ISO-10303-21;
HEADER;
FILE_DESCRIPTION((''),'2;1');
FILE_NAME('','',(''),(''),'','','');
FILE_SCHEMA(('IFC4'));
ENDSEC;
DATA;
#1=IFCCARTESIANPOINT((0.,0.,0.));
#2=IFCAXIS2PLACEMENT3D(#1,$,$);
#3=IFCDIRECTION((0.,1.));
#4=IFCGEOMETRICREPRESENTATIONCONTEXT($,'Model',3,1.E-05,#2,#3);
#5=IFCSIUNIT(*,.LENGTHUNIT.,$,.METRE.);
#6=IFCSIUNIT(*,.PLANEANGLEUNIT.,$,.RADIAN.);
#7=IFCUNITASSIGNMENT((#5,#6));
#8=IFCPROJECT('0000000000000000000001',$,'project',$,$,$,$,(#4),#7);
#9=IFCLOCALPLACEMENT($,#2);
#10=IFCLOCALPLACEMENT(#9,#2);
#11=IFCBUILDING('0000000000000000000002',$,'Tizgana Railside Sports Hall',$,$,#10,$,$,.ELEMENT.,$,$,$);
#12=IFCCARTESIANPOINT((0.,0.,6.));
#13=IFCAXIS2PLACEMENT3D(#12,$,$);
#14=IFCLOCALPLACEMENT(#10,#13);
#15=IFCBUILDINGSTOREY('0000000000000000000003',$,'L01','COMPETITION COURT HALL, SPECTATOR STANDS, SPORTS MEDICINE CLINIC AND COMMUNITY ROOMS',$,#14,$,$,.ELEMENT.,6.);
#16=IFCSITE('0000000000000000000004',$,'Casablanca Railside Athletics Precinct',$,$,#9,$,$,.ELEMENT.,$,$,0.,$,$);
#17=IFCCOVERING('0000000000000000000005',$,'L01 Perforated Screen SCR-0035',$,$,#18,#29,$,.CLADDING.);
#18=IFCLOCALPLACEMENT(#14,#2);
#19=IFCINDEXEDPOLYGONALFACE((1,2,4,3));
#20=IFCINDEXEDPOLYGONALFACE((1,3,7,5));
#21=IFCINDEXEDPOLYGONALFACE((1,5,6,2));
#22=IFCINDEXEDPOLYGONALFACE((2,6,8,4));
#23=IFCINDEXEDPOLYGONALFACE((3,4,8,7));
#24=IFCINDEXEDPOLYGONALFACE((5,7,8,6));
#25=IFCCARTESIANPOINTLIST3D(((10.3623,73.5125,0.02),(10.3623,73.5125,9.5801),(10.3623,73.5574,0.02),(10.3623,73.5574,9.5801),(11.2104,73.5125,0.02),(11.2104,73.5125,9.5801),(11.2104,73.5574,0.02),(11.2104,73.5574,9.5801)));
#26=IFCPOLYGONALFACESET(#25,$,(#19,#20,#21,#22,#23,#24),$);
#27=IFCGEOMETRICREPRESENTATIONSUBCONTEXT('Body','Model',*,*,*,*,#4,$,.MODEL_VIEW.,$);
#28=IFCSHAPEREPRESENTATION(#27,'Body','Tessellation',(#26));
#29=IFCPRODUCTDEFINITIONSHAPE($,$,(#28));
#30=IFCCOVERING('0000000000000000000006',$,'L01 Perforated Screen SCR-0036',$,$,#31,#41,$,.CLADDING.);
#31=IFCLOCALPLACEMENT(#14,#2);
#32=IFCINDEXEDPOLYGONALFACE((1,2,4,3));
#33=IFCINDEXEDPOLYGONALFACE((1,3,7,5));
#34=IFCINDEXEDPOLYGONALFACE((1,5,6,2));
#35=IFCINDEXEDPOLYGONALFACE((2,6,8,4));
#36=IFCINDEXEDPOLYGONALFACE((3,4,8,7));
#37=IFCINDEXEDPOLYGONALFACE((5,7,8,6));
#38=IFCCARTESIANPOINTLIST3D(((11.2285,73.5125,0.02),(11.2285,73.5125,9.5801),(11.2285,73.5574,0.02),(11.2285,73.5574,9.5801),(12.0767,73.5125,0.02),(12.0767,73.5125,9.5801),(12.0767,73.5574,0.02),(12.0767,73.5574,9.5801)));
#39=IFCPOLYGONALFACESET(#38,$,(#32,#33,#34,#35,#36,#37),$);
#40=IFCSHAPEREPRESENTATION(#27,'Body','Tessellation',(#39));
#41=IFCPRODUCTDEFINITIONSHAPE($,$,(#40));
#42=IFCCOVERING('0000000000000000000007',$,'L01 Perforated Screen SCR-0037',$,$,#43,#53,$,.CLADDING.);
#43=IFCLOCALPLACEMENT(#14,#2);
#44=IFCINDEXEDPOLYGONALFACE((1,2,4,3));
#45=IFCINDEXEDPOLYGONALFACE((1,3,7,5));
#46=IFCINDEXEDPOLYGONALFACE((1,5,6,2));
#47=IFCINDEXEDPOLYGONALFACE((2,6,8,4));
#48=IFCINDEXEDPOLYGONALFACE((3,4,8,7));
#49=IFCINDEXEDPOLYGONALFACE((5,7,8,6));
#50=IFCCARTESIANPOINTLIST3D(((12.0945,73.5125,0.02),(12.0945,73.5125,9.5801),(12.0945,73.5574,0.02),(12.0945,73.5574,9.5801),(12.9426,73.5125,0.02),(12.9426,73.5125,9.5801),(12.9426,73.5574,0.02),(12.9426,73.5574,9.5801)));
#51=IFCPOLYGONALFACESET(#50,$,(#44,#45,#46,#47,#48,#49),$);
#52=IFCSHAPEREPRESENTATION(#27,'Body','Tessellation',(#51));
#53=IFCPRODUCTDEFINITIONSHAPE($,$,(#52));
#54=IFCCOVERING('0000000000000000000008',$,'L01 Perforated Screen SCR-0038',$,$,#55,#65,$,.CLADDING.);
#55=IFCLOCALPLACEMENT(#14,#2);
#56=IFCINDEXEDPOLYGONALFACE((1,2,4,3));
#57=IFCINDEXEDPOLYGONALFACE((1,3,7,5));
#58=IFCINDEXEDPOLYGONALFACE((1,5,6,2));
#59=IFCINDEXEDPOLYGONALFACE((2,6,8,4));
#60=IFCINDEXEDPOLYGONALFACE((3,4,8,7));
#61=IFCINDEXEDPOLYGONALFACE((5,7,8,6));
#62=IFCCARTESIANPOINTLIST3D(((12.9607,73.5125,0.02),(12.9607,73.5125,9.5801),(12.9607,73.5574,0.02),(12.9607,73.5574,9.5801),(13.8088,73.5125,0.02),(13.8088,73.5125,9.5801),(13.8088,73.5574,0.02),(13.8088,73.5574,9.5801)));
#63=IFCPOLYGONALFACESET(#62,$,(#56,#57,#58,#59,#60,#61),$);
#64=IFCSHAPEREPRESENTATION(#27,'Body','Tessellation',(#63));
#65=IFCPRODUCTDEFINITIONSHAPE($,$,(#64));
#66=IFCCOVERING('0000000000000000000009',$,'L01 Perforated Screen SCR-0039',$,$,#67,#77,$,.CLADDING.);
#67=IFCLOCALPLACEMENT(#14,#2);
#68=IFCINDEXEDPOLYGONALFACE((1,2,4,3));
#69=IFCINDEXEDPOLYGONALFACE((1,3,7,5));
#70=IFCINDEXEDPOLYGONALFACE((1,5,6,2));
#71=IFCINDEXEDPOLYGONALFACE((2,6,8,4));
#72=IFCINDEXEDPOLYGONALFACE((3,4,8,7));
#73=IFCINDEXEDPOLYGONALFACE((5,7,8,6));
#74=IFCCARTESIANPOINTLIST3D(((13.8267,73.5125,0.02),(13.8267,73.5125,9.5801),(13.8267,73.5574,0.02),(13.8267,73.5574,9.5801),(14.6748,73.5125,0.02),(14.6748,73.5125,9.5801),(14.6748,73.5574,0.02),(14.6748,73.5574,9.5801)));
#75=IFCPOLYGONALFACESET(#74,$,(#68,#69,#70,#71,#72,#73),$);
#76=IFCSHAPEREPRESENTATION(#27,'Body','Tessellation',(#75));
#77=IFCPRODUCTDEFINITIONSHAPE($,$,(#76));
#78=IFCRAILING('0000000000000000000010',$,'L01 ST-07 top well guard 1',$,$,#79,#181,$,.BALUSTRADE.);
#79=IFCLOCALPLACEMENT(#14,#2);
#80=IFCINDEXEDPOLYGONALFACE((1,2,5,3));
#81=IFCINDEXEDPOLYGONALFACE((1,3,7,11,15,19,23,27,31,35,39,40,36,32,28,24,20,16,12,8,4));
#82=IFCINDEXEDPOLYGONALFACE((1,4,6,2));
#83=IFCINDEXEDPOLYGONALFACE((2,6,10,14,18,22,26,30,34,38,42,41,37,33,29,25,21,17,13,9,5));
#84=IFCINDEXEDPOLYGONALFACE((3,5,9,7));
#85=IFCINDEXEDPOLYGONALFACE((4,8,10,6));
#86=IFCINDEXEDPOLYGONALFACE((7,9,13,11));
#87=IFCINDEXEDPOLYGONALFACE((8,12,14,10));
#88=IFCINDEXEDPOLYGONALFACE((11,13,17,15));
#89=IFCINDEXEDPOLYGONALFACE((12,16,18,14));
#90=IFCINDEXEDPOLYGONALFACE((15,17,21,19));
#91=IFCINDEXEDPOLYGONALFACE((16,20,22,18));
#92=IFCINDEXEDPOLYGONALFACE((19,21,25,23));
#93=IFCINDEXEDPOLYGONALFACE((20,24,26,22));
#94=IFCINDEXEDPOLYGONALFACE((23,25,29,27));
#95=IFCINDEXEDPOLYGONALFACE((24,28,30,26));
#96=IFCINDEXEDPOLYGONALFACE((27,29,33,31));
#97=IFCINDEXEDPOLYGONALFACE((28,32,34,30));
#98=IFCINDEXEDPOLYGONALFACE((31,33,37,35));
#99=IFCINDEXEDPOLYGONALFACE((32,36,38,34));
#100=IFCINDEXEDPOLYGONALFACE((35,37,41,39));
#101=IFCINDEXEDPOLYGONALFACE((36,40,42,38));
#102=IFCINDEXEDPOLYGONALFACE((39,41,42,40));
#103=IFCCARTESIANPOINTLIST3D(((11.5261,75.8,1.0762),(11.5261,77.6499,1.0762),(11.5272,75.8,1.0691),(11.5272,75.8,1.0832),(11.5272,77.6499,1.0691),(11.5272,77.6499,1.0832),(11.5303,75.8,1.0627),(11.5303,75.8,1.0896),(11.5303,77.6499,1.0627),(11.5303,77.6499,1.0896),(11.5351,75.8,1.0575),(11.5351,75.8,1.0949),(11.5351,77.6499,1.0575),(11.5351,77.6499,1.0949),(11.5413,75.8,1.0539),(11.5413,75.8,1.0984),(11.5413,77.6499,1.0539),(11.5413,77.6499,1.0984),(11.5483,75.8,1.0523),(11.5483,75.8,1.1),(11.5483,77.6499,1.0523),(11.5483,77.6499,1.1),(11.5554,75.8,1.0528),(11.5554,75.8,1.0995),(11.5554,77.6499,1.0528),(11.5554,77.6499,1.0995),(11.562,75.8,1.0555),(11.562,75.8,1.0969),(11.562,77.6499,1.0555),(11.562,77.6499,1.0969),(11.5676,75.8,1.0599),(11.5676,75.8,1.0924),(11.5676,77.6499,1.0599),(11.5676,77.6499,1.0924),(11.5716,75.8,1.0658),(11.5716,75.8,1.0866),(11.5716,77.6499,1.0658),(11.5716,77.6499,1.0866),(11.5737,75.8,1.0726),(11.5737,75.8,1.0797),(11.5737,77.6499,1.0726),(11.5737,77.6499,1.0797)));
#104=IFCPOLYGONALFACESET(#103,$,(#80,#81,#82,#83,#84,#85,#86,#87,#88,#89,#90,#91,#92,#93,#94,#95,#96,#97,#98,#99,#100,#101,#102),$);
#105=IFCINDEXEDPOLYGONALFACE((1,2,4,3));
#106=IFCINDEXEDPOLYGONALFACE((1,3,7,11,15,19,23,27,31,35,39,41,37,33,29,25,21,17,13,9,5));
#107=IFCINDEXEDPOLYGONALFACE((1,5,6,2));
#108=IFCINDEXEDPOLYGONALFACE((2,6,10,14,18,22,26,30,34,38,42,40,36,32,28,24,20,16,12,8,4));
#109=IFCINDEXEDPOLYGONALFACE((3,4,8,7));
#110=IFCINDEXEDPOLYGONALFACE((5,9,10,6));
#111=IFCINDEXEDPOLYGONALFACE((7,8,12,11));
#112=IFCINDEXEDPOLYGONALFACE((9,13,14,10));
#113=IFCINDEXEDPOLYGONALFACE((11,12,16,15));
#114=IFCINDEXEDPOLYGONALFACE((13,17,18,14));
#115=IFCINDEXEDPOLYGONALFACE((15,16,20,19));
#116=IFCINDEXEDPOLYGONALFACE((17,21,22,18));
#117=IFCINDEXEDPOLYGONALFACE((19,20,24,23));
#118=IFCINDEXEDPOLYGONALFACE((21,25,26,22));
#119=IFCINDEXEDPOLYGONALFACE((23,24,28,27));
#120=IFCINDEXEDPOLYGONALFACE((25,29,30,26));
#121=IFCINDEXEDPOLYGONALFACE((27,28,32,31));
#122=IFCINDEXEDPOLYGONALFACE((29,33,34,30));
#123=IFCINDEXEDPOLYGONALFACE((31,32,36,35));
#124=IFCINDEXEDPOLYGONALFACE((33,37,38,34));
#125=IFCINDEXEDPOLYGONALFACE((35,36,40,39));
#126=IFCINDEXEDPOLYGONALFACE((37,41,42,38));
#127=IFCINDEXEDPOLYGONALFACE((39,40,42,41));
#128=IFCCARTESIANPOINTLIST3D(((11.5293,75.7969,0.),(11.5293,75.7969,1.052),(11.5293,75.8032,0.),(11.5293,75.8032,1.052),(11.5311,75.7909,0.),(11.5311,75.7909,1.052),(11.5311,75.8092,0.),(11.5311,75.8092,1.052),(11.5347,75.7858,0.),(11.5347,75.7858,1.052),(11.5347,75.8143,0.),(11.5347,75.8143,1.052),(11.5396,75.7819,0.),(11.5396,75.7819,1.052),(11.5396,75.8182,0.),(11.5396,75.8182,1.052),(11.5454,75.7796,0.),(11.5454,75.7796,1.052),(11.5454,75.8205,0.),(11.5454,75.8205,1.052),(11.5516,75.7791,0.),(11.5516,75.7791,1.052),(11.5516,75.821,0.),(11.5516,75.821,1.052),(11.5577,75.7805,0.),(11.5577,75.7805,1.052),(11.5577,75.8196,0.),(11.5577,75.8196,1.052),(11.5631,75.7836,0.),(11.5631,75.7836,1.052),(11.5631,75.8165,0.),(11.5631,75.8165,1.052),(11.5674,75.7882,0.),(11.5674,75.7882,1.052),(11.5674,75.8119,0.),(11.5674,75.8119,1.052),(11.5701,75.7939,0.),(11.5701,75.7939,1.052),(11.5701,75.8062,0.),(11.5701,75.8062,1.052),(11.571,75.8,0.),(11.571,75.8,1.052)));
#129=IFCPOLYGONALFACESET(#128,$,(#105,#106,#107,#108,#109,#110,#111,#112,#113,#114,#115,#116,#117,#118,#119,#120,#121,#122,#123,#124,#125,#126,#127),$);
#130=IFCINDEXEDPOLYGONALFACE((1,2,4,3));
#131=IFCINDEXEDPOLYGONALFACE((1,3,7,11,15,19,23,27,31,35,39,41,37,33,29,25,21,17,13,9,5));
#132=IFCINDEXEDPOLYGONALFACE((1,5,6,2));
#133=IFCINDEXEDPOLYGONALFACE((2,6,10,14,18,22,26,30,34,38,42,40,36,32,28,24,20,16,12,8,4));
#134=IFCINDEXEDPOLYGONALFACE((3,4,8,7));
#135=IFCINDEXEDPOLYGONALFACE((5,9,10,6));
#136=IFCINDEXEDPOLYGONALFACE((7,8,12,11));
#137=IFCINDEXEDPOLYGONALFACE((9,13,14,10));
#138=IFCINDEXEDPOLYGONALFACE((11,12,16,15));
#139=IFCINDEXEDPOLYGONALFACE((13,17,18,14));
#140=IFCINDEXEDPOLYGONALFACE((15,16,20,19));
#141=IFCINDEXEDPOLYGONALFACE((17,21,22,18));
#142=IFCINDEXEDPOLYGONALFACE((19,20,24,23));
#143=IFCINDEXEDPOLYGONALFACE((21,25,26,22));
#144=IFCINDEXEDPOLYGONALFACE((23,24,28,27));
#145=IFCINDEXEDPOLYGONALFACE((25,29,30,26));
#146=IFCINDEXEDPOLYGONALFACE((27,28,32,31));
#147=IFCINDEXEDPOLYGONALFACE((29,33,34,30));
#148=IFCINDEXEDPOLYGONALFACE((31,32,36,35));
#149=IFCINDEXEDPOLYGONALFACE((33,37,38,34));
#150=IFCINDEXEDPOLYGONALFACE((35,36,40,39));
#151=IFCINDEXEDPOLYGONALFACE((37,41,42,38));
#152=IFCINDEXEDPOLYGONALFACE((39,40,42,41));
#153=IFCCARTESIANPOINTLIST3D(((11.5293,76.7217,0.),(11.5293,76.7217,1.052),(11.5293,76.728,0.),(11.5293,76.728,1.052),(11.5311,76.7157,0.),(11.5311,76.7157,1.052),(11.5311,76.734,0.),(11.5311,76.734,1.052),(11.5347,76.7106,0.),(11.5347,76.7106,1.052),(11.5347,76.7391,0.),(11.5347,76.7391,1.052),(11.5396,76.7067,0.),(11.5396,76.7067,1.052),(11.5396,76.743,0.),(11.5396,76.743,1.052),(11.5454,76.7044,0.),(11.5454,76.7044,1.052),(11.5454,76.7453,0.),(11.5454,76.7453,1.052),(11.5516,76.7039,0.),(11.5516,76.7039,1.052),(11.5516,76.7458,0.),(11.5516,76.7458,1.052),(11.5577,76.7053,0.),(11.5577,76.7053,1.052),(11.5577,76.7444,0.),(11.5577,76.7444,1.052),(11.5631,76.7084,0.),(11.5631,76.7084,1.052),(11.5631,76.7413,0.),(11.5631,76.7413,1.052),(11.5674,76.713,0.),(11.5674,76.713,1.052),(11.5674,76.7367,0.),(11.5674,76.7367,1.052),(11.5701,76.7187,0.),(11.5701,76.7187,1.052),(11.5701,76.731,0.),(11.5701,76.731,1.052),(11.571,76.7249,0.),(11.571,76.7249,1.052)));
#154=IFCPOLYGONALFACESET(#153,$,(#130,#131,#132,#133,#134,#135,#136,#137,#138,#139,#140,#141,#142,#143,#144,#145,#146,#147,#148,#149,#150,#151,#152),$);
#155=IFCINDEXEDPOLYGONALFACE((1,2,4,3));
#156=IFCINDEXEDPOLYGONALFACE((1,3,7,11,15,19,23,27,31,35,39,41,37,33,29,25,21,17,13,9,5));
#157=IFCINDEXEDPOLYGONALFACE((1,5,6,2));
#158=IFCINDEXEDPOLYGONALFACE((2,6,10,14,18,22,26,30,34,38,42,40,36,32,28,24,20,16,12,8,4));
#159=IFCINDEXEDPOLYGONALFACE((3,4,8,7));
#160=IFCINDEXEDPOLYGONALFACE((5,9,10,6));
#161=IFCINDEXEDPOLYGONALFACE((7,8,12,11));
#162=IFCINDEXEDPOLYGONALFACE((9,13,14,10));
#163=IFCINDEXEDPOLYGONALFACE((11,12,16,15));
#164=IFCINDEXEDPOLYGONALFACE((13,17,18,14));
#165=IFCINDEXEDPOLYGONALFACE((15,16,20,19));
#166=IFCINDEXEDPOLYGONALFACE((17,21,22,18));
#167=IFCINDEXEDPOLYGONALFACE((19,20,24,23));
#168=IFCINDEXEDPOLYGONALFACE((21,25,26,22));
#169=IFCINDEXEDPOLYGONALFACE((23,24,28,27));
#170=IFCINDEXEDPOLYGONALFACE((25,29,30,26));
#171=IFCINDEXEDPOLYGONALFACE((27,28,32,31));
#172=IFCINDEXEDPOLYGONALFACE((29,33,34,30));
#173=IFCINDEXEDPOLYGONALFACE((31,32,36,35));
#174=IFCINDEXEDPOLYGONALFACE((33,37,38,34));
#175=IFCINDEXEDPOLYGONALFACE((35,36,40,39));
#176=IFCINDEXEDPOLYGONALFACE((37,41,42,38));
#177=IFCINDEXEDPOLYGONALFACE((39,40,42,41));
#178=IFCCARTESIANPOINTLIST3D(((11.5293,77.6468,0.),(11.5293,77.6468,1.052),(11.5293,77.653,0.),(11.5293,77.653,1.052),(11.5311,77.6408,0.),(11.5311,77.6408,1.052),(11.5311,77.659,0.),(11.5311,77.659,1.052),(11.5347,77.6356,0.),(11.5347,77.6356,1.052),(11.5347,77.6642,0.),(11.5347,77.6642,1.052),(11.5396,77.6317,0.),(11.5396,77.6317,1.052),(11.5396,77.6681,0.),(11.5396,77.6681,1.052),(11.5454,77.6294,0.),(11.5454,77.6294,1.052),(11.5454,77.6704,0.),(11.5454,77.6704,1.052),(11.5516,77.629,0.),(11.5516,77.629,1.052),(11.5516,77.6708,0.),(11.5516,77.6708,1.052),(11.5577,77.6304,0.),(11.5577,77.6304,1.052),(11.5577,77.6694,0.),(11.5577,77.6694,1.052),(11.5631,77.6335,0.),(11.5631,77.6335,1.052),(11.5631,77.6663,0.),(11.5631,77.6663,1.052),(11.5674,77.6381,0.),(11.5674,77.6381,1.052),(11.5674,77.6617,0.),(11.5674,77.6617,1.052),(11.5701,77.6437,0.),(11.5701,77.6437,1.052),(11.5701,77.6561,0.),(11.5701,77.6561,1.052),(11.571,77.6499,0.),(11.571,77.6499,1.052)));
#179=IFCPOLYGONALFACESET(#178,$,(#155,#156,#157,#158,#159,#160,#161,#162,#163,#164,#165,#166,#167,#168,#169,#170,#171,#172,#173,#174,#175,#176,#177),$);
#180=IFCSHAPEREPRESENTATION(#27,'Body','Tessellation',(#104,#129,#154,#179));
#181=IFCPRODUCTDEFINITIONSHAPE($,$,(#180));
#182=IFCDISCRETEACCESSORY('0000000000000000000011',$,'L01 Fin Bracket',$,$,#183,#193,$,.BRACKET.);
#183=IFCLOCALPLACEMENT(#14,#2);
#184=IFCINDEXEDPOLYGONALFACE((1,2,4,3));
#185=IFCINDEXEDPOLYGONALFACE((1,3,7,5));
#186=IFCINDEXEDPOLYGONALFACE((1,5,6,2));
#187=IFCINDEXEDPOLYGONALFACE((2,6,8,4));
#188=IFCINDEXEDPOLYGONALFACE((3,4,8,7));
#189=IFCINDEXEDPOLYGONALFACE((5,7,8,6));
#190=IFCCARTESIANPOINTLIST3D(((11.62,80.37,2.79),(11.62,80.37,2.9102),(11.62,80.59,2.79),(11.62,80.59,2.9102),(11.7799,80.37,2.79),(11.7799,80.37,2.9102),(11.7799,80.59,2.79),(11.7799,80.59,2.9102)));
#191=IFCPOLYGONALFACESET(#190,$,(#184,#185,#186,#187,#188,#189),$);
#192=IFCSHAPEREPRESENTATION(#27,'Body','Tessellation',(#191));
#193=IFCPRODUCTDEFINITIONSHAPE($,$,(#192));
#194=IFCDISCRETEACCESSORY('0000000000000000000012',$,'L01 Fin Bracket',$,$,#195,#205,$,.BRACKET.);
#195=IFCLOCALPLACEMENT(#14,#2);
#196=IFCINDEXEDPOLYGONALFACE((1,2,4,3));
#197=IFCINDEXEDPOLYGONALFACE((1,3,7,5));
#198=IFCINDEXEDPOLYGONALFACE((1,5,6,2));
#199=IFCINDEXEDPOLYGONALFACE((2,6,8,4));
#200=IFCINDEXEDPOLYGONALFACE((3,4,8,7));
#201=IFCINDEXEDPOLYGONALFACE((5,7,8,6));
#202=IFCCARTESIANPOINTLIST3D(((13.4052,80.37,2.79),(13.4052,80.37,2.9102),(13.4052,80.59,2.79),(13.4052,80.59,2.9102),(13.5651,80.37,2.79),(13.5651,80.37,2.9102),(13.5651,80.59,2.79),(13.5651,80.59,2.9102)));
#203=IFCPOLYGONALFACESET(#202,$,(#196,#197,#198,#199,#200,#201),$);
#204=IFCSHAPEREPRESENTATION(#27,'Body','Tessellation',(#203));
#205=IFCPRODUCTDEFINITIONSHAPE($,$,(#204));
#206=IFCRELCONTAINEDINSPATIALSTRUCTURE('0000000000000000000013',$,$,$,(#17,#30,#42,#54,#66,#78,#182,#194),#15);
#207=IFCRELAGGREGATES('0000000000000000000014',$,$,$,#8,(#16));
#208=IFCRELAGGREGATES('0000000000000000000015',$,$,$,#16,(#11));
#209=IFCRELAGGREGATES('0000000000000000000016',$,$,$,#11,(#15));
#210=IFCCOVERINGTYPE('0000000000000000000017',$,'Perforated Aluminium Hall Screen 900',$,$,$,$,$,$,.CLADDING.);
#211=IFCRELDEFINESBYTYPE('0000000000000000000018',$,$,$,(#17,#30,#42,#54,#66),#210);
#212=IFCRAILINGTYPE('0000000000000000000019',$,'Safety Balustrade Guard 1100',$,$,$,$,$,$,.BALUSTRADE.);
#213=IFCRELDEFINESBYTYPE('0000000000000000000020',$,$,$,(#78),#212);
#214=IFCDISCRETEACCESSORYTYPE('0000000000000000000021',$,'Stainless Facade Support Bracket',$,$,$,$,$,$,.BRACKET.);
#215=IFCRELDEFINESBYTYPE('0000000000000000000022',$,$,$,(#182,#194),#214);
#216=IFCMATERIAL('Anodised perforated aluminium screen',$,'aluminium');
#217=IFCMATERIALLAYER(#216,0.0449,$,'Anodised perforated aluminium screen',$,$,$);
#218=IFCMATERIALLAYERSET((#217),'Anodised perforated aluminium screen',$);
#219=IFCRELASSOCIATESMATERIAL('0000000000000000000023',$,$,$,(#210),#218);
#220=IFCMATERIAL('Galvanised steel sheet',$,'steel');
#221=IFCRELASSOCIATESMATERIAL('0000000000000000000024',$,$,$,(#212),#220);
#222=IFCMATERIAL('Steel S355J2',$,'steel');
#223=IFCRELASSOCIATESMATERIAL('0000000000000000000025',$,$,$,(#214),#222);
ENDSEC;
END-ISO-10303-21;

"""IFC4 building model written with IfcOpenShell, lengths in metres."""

from ifc_helpers import new_model, si_unit, direction, frame, origin, origin_2d, place, context, subcontext, project, spatial, rectangle, circle, extrude, material, layer, layer_set, type_object, element, save


model = new_model("IFC4")

# Units and contexts
model_context = context("Model", 3, precision=1e-05, world=origin(), true_north=direction((0.0, 1.0)))
body_context = subcontext(model_context, "Body", "Model", "MODEL_VIEW")
ifc_project = project(units=[si_unit("LENGTHUNIT", "METRE"), si_unit("PLANEANGLEUNIT", "RADIAN")], contexts=[model_context])

# Site, building, storey
site_placement = place(None, origin())
site = spatial("IfcSite", under=ifc_project, at=site_placement, Name="Casablanca Railside Athletics Precinct", CompositionType="ELEMENT", RefElevation=0.0)
building_placement = place(site_placement, origin())
building = spatial("IfcBuilding", under=site, at=building_placement, Name="Tizgana Railside Sports Hall", CompositionType="ELEMENT")
storey_placement = place(building_placement, frame((0.0, 0.0, 6.0)))
storey = spatial("IfcBuildingStorey", under=building, at=storey_placement, Name="L01", Description="COMPETITION COURT HALL, SPECTATOR STANDS, SPORTS MEDICINE CLINIC AND COMMUNITY ROOMS", CompositionType="ELEMENT", Elevation=6.0)

# Shared definitions
ifc_material_1 = material(Name="Steel S355J2", Category="steel")

# Coverings
ifc_material_2 = material(Name="Anodised perforated aluminium screen", Category="aluminium")
ifc_layer_1 = layer(ifc_material_2, 0.0449, Name="Anodised perforated aluminium screen")
ifc_layer_set_1 = layer_set([ifc_layer_1], Name="Anodised perforated aluminium screen")
covering_type_1 = type_object("IfcCoveringType", Name="Perforated Aluminium Hall Screen 900", PredefinedType="CLADDING", material=ifc_layer_set_1)
for number, where, z_axis, x_axis, name in (
    (1, (10.7864, 73.5349, 0.02), (0.0, 0.0, 1.0), (1.0, 0.0, 0.0), "L01 Perforated Screen SCR-0035"),
    (2, (11.6526, 73.5349, 0.02), (0.0, 0.0, 1.0), (1.0, 0.0, 0.0), "L01 Perforated Screen SCR-0036"),
    (3, (12.5186, 73.5349, 0.02), (0.0, 0.0, 1.0), (1.0, 0.0, 0.0), "L01 Perforated Screen SCR-0037"),
    (4, (13.3848, 73.5349, 0.02), (0.0, 0.0, 1.0), (1.0, 0.0, 0.0), "L01 Perforated Screen SCR-0038"),
    (5, (14.2507, 73.5349, 0.02), (0.0, 0.0, 1.0), (1.0, 0.0, 0.0), "L01 Perforated Screen SCR-0039"),
):
    element("IfcCovering", number, at=place(storey_placement, frame(where, z_axis=z_axis, x_axis=x_axis)), inside=storey, type_object=covering_type_1, Name=name, PredefinedType="CLADDING", context=body_context, shape_type="SweptSolid", body=[
        extrude(rectangle(XDim=0.8481, YDim=0.0449, at=origin_2d()), origin(), (0.0, 0.0, 1.0), 9.5601),
    ])

# Railing
ifc_material_3 = material(Name="Galvanised steel sheet", Category="steel")
railing_type = type_object("IfcRailingType", Name="Safety Balustrade Guard 1100", PredefinedType="BALUSTRADE", material=ifc_material_3)
railing_1_placement = place(storey_placement, frame((11.55, 75.8, 0.0)))
element("IfcRailing", 6, at=railing_1_placement, inside=storey, type_object=railing_type, Name="L01 ST-07 top well guard 1", PredefinedType="BALUSTRADE", context=body_context, shape_type="SweptSolid", body=[
    extrude(circle(Radius=0.0239, at=origin_2d()), frame((0.0, 0.0, 1.0762), z_axis=(0.0, 1.0, 0.0), x_axis=(-1.0, 0.0, 0.0)), (0.0, 0.0, 1.0), 1.8499),
    extrude(circle(Radius=0.021, at=origin_2d()), origin(), (0.0, 0.0, 1.0), 1.052),
    extrude(circle(Radius=0.021, at=origin_2d()), frame((0.0, 0.9248, 0.0)), (0.0, 0.0, 1.0), 1.052),
    extrude(circle(Radius=0.021, at=origin_2d()), frame((0.0, 1.8499, 0.0)), (0.0, 0.0, 1.0), 1.052),
])

# Discrete accessories
discrete_accessory_type = type_object("IfcDiscreteAccessoryType", Name="Stainless Facade Support Bracket", PredefinedType="BRACKET", material=ifc_material_1)
for number, where, z_axis, x_axis, name in (
    (7, (11.7, 80.48, 2.79), (0.0, 0.0, 1.0), (1.0, 0.0, 0.0), "L01 Fin Bracket"),
    (8, (13.4851, 80.48, 2.79), (0.0, 0.0, 1.0), (1.0, 0.0, 0.0), "L01 Fin Bracket"),
):
    element("IfcDiscreteAccessory", number, at=place(storey_placement, frame(where, z_axis=z_axis, x_axis=x_axis)), inside=storey, type_object=discrete_accessory_type, Name=name, PredefinedType="BRACKET", context=body_context, shape_type="SweptSolid", body=[
        extrude(rectangle(XDim=0.1599, YDim=0.22, at=origin_2d()), origin(), (0.0, 0.0, 1.0), 0.1201),
    ])

save(model, "model.ifc")
